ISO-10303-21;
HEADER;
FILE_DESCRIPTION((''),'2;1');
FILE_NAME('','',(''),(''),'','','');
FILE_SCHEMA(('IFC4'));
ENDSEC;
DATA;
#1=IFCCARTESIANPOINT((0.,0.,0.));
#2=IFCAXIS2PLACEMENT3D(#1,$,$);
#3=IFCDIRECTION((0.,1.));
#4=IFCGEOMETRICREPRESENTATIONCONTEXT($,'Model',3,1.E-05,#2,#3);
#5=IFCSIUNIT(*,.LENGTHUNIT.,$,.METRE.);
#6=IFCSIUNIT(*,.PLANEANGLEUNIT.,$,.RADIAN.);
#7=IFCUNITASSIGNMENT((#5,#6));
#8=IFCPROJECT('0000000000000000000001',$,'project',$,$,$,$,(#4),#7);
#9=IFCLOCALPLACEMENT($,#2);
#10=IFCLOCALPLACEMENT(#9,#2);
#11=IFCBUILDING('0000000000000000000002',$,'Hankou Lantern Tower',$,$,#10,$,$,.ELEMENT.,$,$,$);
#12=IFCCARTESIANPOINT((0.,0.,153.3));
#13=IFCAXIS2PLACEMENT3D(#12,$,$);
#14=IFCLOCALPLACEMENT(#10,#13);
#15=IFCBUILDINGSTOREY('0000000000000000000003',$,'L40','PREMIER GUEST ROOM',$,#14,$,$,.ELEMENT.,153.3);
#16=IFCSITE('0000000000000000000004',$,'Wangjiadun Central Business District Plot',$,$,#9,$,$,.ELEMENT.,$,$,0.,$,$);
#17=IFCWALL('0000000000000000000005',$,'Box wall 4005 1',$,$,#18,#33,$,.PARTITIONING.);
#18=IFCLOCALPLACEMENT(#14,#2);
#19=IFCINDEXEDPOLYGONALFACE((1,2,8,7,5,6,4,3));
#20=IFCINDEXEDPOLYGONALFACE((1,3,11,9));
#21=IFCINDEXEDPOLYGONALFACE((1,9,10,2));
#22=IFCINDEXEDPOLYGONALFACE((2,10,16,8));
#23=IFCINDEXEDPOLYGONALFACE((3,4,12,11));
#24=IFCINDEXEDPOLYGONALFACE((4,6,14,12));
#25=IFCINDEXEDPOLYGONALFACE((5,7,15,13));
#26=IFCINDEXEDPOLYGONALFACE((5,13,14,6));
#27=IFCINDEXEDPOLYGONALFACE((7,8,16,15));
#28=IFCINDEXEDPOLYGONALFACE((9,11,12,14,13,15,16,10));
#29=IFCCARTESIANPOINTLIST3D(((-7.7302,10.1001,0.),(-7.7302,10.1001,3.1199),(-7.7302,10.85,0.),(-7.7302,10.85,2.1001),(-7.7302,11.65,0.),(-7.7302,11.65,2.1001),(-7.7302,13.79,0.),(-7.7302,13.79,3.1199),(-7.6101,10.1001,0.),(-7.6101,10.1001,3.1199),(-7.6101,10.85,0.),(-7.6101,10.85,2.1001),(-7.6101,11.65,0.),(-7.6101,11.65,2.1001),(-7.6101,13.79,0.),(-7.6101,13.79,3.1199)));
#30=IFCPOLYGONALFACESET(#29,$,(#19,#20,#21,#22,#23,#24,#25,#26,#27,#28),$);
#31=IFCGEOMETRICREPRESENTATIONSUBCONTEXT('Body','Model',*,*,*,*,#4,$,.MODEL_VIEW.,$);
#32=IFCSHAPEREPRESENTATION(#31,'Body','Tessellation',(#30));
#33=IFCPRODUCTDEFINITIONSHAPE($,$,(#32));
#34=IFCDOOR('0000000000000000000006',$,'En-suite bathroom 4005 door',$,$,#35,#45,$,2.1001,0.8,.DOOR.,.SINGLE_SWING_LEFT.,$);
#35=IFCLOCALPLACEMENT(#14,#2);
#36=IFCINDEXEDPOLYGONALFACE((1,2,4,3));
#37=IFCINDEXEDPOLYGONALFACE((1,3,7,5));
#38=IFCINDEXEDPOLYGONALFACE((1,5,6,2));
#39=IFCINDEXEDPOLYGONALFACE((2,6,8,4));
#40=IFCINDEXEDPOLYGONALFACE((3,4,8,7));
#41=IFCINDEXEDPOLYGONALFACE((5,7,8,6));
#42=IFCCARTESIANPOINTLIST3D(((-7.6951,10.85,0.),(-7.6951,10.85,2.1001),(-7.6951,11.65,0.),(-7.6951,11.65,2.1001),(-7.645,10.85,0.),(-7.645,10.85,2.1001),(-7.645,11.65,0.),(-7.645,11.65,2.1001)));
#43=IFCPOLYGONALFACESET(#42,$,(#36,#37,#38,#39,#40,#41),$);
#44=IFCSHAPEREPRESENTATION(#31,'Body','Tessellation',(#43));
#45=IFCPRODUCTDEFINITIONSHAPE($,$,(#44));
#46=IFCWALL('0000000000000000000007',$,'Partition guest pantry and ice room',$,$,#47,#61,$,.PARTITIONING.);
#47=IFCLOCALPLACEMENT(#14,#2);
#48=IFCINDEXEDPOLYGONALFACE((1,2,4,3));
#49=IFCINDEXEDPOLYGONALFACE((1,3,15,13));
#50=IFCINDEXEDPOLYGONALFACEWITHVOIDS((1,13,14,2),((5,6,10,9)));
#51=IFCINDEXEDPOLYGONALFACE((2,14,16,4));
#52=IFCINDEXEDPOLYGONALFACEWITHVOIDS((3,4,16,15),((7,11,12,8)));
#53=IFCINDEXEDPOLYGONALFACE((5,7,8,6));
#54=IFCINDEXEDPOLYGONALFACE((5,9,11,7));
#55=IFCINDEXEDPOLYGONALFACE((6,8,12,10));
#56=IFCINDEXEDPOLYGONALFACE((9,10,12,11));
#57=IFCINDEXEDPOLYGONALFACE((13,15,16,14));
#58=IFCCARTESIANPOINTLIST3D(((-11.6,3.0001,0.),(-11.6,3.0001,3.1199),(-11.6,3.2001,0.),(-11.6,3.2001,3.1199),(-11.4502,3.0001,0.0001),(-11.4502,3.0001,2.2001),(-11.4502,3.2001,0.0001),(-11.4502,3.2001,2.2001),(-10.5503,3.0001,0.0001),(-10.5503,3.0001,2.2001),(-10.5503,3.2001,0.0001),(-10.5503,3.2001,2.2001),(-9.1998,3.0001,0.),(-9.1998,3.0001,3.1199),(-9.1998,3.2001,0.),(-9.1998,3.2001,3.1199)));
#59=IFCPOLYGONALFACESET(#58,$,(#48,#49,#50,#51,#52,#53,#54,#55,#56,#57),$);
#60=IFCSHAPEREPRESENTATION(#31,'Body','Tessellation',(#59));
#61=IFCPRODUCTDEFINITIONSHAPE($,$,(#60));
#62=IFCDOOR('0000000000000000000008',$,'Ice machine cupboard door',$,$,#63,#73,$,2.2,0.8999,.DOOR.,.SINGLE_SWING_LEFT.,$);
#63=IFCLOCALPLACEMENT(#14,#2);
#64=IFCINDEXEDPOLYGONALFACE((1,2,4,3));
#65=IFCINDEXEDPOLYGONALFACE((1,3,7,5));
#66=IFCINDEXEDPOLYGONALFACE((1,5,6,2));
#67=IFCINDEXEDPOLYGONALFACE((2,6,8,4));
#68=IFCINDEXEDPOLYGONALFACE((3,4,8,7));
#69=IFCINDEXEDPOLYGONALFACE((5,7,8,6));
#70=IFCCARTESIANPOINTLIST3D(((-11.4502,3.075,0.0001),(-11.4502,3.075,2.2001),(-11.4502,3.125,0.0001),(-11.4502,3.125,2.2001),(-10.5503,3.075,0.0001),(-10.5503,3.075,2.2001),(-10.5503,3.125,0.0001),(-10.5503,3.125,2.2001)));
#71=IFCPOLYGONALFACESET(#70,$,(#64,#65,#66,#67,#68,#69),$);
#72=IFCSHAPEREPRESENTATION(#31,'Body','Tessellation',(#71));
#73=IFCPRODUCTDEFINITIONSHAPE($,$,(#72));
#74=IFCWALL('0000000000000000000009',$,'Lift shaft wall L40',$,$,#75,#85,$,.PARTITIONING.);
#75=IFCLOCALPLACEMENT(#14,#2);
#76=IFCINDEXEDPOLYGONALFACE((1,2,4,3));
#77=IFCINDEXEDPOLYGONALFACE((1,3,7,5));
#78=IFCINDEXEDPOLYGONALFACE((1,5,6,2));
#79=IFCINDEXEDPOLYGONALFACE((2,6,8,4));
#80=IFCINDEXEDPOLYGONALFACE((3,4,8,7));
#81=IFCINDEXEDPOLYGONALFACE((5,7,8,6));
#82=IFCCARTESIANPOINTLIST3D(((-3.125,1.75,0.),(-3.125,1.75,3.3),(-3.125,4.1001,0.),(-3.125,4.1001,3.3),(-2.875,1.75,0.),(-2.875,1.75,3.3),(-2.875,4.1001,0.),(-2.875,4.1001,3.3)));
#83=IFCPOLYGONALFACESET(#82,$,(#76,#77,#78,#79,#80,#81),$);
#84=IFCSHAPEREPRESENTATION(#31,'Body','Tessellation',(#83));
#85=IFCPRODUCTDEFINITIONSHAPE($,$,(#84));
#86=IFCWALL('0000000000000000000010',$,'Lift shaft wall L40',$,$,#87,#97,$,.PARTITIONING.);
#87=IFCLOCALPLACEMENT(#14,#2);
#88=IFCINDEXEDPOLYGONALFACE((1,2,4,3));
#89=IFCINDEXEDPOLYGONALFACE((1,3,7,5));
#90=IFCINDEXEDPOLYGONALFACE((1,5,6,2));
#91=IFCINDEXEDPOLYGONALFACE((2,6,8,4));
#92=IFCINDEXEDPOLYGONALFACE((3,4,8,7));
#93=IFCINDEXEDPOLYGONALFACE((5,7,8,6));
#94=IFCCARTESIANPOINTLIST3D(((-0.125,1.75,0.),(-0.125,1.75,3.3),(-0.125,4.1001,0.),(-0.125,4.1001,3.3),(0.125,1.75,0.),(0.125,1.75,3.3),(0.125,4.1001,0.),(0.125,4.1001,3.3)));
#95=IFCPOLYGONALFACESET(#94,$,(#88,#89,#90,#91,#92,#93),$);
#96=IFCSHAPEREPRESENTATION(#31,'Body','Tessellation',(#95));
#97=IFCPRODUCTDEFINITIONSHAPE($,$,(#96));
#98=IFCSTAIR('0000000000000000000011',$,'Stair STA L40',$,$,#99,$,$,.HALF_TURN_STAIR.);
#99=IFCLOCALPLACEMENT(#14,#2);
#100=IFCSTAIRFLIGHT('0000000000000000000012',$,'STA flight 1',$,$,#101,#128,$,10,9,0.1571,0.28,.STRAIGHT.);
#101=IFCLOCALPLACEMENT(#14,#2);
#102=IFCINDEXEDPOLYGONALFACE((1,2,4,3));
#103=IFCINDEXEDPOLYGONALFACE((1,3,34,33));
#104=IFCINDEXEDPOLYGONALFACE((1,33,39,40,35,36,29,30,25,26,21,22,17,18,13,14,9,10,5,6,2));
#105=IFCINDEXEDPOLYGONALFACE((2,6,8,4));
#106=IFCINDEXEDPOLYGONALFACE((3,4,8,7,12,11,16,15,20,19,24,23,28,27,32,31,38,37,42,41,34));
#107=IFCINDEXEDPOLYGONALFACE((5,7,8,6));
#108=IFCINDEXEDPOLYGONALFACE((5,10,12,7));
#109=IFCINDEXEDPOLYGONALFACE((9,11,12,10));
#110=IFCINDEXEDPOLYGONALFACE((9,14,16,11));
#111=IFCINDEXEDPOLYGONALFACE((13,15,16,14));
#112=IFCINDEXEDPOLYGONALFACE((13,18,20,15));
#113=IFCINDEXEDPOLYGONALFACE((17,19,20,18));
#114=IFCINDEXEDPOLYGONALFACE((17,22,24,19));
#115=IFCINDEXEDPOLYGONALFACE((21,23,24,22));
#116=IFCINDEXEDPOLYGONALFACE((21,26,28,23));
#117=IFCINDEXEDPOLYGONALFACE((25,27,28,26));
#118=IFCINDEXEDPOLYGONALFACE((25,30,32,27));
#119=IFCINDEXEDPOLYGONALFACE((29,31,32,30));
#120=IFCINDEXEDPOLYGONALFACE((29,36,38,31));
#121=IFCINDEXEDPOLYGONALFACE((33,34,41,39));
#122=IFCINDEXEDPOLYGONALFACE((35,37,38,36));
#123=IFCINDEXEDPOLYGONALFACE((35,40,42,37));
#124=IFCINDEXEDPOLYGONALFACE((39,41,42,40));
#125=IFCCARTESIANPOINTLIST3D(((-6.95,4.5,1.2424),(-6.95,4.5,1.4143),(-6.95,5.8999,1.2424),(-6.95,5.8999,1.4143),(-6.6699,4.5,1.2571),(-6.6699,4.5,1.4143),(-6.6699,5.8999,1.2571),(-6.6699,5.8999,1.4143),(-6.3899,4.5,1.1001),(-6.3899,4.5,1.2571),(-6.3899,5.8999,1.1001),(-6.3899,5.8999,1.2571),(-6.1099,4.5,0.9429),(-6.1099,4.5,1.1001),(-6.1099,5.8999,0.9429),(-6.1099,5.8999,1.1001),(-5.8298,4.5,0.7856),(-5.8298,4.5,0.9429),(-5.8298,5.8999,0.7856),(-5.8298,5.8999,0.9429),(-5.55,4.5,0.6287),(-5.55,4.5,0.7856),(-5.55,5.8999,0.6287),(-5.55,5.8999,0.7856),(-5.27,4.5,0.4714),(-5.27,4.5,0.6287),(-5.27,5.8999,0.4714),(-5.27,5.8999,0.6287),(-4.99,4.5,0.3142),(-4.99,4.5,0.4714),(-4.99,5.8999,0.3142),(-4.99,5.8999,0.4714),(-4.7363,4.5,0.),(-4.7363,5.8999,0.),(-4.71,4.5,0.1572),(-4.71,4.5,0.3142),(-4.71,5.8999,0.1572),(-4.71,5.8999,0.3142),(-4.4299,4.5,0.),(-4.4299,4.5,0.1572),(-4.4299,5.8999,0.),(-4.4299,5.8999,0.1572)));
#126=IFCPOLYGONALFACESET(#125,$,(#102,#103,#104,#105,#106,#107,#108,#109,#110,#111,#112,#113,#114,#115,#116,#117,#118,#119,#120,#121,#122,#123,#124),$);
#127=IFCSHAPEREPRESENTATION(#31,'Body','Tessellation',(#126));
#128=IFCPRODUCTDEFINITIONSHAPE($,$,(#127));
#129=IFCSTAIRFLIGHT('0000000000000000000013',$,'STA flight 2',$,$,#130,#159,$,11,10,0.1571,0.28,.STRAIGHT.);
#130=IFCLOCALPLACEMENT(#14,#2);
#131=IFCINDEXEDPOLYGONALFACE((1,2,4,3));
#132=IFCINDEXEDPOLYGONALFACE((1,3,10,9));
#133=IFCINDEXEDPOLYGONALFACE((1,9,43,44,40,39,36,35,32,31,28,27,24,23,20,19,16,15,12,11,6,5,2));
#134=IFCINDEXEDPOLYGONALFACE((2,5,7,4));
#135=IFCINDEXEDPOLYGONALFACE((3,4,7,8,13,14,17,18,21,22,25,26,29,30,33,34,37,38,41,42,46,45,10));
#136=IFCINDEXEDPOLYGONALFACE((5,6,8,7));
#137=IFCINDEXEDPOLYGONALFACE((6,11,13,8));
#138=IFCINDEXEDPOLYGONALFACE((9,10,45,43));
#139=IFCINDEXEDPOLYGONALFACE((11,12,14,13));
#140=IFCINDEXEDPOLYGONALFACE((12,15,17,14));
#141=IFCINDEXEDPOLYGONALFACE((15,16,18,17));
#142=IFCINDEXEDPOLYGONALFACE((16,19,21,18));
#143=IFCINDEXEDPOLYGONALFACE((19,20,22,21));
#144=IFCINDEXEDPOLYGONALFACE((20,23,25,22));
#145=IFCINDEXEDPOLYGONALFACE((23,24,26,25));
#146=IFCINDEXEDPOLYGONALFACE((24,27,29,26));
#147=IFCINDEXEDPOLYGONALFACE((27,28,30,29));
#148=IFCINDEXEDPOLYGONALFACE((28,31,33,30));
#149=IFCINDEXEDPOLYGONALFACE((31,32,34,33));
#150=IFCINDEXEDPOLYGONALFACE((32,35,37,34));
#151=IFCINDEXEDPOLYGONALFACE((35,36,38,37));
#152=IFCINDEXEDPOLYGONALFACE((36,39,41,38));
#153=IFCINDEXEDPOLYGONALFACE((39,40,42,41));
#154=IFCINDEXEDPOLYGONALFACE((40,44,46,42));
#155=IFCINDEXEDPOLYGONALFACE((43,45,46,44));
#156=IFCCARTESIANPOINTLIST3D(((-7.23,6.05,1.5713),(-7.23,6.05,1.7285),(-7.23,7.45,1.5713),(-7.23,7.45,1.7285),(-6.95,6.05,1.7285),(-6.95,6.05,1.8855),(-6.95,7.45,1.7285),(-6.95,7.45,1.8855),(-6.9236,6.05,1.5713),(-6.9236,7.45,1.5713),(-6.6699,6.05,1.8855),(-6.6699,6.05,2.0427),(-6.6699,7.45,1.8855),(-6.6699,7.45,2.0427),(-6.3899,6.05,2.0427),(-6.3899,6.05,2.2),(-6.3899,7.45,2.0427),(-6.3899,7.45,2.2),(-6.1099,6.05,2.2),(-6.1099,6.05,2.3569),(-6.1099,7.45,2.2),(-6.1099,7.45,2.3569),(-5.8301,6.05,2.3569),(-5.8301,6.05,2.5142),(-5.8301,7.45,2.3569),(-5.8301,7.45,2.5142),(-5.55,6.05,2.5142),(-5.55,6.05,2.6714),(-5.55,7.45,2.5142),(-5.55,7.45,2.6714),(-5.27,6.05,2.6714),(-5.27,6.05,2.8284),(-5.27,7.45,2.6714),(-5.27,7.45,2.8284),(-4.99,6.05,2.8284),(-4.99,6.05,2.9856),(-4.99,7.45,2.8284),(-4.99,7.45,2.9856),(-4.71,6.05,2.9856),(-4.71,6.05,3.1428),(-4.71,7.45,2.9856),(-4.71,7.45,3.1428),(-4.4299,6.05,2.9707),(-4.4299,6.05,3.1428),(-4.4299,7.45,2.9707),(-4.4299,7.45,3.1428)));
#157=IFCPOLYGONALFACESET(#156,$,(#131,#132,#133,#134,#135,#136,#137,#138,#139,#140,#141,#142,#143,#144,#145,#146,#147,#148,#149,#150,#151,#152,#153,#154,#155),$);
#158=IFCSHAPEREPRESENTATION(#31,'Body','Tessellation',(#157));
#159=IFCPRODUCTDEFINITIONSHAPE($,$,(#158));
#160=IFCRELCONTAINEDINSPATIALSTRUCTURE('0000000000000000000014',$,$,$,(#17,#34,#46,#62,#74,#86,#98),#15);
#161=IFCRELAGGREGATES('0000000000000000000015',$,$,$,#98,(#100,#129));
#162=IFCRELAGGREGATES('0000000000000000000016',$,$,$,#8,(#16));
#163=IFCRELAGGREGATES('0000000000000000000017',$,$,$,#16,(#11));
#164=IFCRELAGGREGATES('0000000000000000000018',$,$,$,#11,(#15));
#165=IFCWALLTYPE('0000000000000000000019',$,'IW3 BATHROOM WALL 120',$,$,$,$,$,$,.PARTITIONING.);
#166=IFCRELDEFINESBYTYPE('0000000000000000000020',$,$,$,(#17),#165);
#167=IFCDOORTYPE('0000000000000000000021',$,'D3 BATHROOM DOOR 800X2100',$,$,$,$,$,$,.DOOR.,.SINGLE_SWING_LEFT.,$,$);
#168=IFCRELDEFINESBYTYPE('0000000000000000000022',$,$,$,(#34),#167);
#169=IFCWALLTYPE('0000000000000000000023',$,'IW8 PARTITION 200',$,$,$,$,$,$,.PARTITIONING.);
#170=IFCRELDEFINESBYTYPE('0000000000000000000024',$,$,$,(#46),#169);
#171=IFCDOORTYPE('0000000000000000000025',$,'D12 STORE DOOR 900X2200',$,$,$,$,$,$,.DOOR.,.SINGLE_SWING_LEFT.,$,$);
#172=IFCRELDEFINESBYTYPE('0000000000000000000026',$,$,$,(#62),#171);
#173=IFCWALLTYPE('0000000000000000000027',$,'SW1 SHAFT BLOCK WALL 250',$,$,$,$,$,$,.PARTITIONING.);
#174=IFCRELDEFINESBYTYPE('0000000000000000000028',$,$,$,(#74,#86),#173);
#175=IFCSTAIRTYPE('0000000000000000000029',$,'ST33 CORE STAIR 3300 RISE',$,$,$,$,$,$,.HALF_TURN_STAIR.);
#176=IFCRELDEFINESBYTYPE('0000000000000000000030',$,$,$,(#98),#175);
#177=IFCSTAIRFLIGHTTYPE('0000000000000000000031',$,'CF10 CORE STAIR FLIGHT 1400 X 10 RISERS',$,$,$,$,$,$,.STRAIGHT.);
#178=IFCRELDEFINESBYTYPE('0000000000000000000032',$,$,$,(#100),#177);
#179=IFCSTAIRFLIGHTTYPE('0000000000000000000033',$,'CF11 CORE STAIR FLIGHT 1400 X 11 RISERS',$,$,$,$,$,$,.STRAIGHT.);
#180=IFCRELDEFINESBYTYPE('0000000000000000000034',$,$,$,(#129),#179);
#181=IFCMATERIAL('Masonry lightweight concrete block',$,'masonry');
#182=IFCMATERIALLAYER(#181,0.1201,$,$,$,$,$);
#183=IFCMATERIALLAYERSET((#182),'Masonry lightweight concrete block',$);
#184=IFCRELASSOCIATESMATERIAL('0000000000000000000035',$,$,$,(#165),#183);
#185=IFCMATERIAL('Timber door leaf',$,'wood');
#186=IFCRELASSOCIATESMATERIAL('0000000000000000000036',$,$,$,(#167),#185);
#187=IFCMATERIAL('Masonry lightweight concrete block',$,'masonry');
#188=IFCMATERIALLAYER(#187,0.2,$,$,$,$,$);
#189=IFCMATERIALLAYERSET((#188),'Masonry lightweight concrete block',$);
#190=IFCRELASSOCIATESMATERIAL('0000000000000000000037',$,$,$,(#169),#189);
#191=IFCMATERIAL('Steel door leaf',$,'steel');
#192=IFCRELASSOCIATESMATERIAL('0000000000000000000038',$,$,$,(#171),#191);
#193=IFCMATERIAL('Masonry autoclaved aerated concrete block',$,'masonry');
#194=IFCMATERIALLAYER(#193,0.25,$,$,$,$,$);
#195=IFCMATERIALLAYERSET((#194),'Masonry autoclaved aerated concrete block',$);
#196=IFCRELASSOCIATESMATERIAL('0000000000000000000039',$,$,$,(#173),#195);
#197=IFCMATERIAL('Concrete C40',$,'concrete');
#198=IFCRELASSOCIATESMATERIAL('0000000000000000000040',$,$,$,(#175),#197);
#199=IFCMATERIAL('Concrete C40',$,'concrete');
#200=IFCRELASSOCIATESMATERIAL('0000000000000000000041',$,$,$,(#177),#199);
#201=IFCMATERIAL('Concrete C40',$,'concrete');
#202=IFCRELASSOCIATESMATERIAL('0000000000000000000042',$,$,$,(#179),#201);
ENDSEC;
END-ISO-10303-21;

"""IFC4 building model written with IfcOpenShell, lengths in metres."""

from ifc_helpers import new_model, si_unit, direction, frame, frame_2d, origin, place, context, subcontext, project, spatial, polyline, rectangle, outline, extrude, material, layer, layer_set, type_object, element, fill, aggregate, save


model = new_model("IFC4")

# Units and contexts
model_context = context("Model", 3, precision=1e-05, world=origin(), true_north=direction((0.0, 1.0)))
body_context = subcontext(model_context, "Body", "Model", "MODEL_VIEW")
ifc_project = project(units=[si_unit("LENGTHUNIT", "METRE"), si_unit("PLANEANGLEUNIT", "RADIAN")], contexts=[model_context])

# Site, building, storey
site_placement = place(None, origin())
site = spatial("IfcSite", under=ifc_project, at=site_placement, Name="Wangjiadun Central Business District Plot", CompositionType="ELEMENT", RefElevation=0.0)
building_placement = place(site_placement, origin())
building = spatial("IfcBuilding", under=site, at=building_placement, Name="Hankou Lantern Tower", CompositionType="ELEMENT")
storey_placement = place(building_placement, frame((0.0, 0.0, 153.3)))
storey = spatial("IfcBuildingStorey", under=building, at=storey_placement, Name="L40", Description="PREMIER GUEST ROOM", CompositionType="ELEMENT", Elevation=153.3)

# Walls, openings, doors
ifc_material_1 = material(Name="Masonry lightweight concrete block", Category="masonry")
ifc_layer_1 = layer(ifc_material_1, 0.1201)
ifc_layer_set_1 = layer_set([ifc_layer_1], Name="Masonry lightweight concrete block")
wall_type_1 = type_object("IfcWallType", Name="IW3 BATHROOM WALL 120", PredefinedType="PARTITIONING", material=ifc_layer_set_1)
wall_1_placement = place(storey_placement, frame((-7.6702, 10.1001, 0.0), z_axis=(0.0, 0.0, 1.0), x_axis=(0.0, 1.0, 0.0)))
wall_1 = element("IfcWall", 1, at=wall_1_placement, inside=storey, type_object=wall_type_1, Name="Box wall 4005 1", PredefinedType="PARTITIONING", context=body_context, shape_type="SweptSolid", body=[
    extrude(rectangle(XDim=3.6899, YDim=0.1201, at=frame_2d((1.845, 0.0))), origin(), (0.0, 0.0, 1.0), 3.1199),
])
opening_1_placement = place(wall_1_placement, frame((0.75, 0.0, 0.0)))
opening_1 = element("IfcOpeningElement", 2, at=opening_1_placement, cuts=wall_1, PredefinedType="OPENING", context=body_context, shape_type="SweptSolid", body=[
    extrude(rectangle(XDim=0.8, YDim=2.1001, at=frame_2d((0.3999, 1.05))), frame((0.0, 0.0701, 0.0), z_axis=(0.0, -1.0, 0.0), x_axis=(1.0, 0.0, 0.0)), (0.0, 0.0, 1.0), 0.1401),
])
ifc_material_2 = material(Name="Timber door leaf", Category="wood")
door_type_1 = type_object("IfcDoorType", Name="D3 BATHROOM DOOR 800X2100", OperationType="SINGLE_SWING_LEFT", PredefinedType="DOOR", material=ifc_material_2)
door_1_placement = place(opening_1_placement, origin())
door_1 = element("IfcDoor", 3, at=door_1_placement, inside=storey, type_object=door_type_1, Name="En-suite bathroom 4005 door", OperationType="SINGLE_SWING_LEFT", OverallHeight=2.1001, OverallWidth=0.8, PredefinedType="DOOR", context=body_context, shape_type="SweptSolid", body=[
    extrude(rectangle(XDim=0.8, YDim=2.1001, at=frame_2d((0.3999, 1.05))), frame((0.0, 0.0249, 0.0), z_axis=(0.0, -1.0, 0.0), x_axis=(1.0, 0.0, 0.0)), (0.0, 0.0, 1.0), 0.05),
])
fill(opening_1, door_1)
ifc_material_3 = material(Name="Masonry lightweight concrete block", Category="masonry")
ifc_layer_2 = layer(ifc_material_3, 0.2)
ifc_layer_set_2 = layer_set([ifc_layer_2], Name="Masonry lightweight concrete block")
wall_type_2 = type_object("IfcWallType", Name="IW8 PARTITION 200", PredefinedType="PARTITIONING", material=ifc_layer_set_2)
wall_2_placement = place(storey_placement, frame((-11.6001, 3.1001, 0.0), z_axis=(0.0, 0.0, 1.0), x_axis=(1.0, 0.0, 0.0)))
wall_2 = element("IfcWall", 4, at=wall_2_placement, inside=storey, type_object=wall_type_2, Name="Partition guest pantry and ice room", PredefinedType="PARTITIONING", context=body_context, shape_type="SweptSolid", body=[
    extrude(rectangle(XDim=2.4001, YDim=0.2, at=frame_2d((1.2002, 0.0))), origin(), (0.0, 0.0, 1.0), 3.1199),
])
opening_2_placement = place(wall_2_placement, frame((0.1499, 0.0, 0.0)))
opening_2 = element("IfcOpeningElement", 5, at=opening_2_placement, cuts=wall_2, PredefinedType="OPENING", context=body_context, shape_type="SweptSolid", body=[
    extrude(rectangle(XDim=0.8999, YDim=2.2, at=frame_2d((0.45, 1.1001))), frame((0.0, 0.1099, 0.0), z_axis=(0.0, -1.0, 0.0), x_axis=(1.0, 0.0, 0.0)), (0.0, 0.0, 1.0), 0.22),
])
ifc_material_4 = material(Name="Steel door leaf", Category="steel")
door_type_2 = type_object("IfcDoorType", Name="D12 STORE DOOR 900X2200", OperationType="SINGLE_SWING_LEFT", PredefinedType="DOOR", material=ifc_material_4)
door_2_placement = place(opening_2_placement, origin())
door_2 = element("IfcDoor", 6, at=door_2_placement, inside=storey, type_object=door_type_2, Name="Ice machine cupboard door", OperationType="SINGLE_SWING_LEFT", OverallHeight=2.2, OverallWidth=0.8999, PredefinedType="DOOR", context=body_context, shape_type="SweptSolid", body=[
    extrude(rectangle(XDim=0.8999, YDim=2.2, at=frame_2d((0.45, 1.1001))), frame((0.0, 0.0249, 0.0), z_axis=(0.0, -1.0, 0.0), x_axis=(1.0, 0.0, 0.0)), (0.0, 0.0, 1.0), 0.05),
])
fill(opening_2, door_2)

# Walls
ifc_material_5 = material(Name="Masonry autoclaved aerated concrete block", Category="masonry")
ifc_layer_3 = layer(ifc_material_5, 0.25)
ifc_layer_set_3 = layer_set([ifc_layer_3], Name="Masonry autoclaved aerated concrete block")
wall_type_3 = type_object("IfcWallType", Name="SW1 SHAFT BLOCK WALL 250", PredefinedType="PARTITIONING", material=ifc_layer_set_3)
for number, where, z_axis, x_axis, name in (
    (7, (-3.0, 1.75, 0.0), (0.0, 0.0, 1.0), (0.0, 1.0, 0.0), "Lift shaft wall L40"),
    (8, (0.0, 1.75, 0.0), (0.0, 0.0, 1.0), (0.0, 1.0, 0.0), "Lift shaft wall L40"),
):
    element("IfcWall", number, at=place(storey_placement, frame(where, z_axis=z_axis, x_axis=x_axis)), inside=storey, type_object=wall_type_3, Name=name, PredefinedType="PARTITIONING", context=body_context, shape_type="SweptSolid", body=[
        extrude(rectangle(XDim=2.3501, YDim=0.25, at=frame_2d((1.175, 0.0))), origin(), (0.0, 0.0, 1.0), 3.3),
    ])

# Stair, stair flights
ifc_material_6 = material(Name="Concrete C40", Category="concrete")
stair_type = type_object("IfcStairType", Name="ST33 CORE STAIR 3300 RISE", PredefinedType="HALF_TURN_STAIR", material=ifc_material_6)
stair_placement = place(storey_placement, origin())
stair = element("IfcStair", 9, at=stair_placement, inside=storey, type_object=stair_type, Name="Stair STA L40", PredefinedType="HALF_TURN_STAIR")
ifc_material_7 = material(Name="Concrete C40", Category="concrete")
stair_flight_type_1 = type_object("IfcStairFlightType", Name="CF10 CORE STAIR FLIGHT 1400 X 10 RISERS", PredefinedType="STRAIGHT", material=ifc_material_7)
stair_flight_1_placement = place(storey_placement, frame((-4.4299, 5.2, 0.0), z_axis=(0.0, 0.0, 1.0), x_axis=(-1.0, 0.0, 0.0)))
stair_flight_1 = element("IfcStairFlight", 10, at=stair_flight_1_placement, type_object=stair_flight_type_1, Name="STA flight 1", NumberOfRisers=10, NumberOfTreads=9, PredefinedType="STRAIGHT", RiserHeight=0.1571, TreadLength=0.28, context=body_context, shape_type="SweptSolid", body=[
    extrude(outline(polyline([(0.0, 0.0), (0.0, 0.1572), (0.28, 0.1572), (0.28, 0.3142), (0.5601, 0.3142), (0.5601, 0.4714), (0.8401, 0.4714), (0.8401, 0.6287), (1.1201, 0.6287), (1.1201, 0.7856), (1.3999, 0.7856), (1.3999, 0.9429), (1.6799, 0.9429), (1.6799, 1.1001), (1.96, 1.1001), (1.96, 1.2571), (2.24, 1.2571), (2.24, 1.4143), (2.52, 1.4143), (2.52, 1.5715), (2.52, 1.2424), (0.3064, 0.0), (0.0, 0.0)])), frame((0.0, 0.7, 0.0), z_axis=(0.0, -1.0, 0.0), x_axis=(1.0, 0.0, 0.0)), (0.0, 0.0, 1.0), 1.3999),
])
ifc_material_8 = material(Name="Concrete C40", Category="concrete")
stair_flight_type_2 = type_object("IfcStairFlightType", Name="CF11 CORE STAIR FLIGHT 1400 X 11 RISERS", PredefinedType="STRAIGHT", material=ifc_material_8)
stair_flight_2_placement = place(storey_placement, frame((-7.23, 6.75, 1.5713), z_axis=(0.0, 0.0, 1.0), x_axis=(1.0, 0.0, 0.0)))
stair_flight_2 = element("IfcStairFlight", 11, at=stair_flight_2_placement, type_object=stair_flight_type_2, Name="STA flight 2", NumberOfRisers=11, NumberOfTreads=10, PredefinedType="STRAIGHT", RiserHeight=0.1571, TreadLength=0.28, context=body_context, shape_type="SweptSolid", body=[
    extrude(outline(polyline([(0.0, 0.0), (0.0, 0.1572), (0.28, 0.1572), (0.28, 0.3142), (0.5601, 0.3142), (0.5601, 0.4714), (0.8401, 0.4714), (0.8401, 0.6287), (1.1201, 0.6287), (1.1201, 0.7856), (1.3999, 0.7856), (1.3999, 0.9429), (1.6799, 0.9429), (1.6799, 1.1001), (1.96, 1.1001), (1.96, 1.2571), (2.24, 1.2571), (2.24, 1.4143), (2.52, 1.4143), (2.52, 1.5715), (2.8, 1.5715), (2.8, 1.7285), (2.8, 1.3994), (0.3064, 0.0), (0.0, 0.0)])), frame((0.0, 0.7, 0.0), z_axis=(0.0, -1.0, 0.0), x_axis=(1.0, 0.0, 0.0)), (0.0, 0.0, 1.0), 1.3999),
])
aggregate(stair, [stair_flight_1, stair_flight_2])

save(model, "model.ifc")
